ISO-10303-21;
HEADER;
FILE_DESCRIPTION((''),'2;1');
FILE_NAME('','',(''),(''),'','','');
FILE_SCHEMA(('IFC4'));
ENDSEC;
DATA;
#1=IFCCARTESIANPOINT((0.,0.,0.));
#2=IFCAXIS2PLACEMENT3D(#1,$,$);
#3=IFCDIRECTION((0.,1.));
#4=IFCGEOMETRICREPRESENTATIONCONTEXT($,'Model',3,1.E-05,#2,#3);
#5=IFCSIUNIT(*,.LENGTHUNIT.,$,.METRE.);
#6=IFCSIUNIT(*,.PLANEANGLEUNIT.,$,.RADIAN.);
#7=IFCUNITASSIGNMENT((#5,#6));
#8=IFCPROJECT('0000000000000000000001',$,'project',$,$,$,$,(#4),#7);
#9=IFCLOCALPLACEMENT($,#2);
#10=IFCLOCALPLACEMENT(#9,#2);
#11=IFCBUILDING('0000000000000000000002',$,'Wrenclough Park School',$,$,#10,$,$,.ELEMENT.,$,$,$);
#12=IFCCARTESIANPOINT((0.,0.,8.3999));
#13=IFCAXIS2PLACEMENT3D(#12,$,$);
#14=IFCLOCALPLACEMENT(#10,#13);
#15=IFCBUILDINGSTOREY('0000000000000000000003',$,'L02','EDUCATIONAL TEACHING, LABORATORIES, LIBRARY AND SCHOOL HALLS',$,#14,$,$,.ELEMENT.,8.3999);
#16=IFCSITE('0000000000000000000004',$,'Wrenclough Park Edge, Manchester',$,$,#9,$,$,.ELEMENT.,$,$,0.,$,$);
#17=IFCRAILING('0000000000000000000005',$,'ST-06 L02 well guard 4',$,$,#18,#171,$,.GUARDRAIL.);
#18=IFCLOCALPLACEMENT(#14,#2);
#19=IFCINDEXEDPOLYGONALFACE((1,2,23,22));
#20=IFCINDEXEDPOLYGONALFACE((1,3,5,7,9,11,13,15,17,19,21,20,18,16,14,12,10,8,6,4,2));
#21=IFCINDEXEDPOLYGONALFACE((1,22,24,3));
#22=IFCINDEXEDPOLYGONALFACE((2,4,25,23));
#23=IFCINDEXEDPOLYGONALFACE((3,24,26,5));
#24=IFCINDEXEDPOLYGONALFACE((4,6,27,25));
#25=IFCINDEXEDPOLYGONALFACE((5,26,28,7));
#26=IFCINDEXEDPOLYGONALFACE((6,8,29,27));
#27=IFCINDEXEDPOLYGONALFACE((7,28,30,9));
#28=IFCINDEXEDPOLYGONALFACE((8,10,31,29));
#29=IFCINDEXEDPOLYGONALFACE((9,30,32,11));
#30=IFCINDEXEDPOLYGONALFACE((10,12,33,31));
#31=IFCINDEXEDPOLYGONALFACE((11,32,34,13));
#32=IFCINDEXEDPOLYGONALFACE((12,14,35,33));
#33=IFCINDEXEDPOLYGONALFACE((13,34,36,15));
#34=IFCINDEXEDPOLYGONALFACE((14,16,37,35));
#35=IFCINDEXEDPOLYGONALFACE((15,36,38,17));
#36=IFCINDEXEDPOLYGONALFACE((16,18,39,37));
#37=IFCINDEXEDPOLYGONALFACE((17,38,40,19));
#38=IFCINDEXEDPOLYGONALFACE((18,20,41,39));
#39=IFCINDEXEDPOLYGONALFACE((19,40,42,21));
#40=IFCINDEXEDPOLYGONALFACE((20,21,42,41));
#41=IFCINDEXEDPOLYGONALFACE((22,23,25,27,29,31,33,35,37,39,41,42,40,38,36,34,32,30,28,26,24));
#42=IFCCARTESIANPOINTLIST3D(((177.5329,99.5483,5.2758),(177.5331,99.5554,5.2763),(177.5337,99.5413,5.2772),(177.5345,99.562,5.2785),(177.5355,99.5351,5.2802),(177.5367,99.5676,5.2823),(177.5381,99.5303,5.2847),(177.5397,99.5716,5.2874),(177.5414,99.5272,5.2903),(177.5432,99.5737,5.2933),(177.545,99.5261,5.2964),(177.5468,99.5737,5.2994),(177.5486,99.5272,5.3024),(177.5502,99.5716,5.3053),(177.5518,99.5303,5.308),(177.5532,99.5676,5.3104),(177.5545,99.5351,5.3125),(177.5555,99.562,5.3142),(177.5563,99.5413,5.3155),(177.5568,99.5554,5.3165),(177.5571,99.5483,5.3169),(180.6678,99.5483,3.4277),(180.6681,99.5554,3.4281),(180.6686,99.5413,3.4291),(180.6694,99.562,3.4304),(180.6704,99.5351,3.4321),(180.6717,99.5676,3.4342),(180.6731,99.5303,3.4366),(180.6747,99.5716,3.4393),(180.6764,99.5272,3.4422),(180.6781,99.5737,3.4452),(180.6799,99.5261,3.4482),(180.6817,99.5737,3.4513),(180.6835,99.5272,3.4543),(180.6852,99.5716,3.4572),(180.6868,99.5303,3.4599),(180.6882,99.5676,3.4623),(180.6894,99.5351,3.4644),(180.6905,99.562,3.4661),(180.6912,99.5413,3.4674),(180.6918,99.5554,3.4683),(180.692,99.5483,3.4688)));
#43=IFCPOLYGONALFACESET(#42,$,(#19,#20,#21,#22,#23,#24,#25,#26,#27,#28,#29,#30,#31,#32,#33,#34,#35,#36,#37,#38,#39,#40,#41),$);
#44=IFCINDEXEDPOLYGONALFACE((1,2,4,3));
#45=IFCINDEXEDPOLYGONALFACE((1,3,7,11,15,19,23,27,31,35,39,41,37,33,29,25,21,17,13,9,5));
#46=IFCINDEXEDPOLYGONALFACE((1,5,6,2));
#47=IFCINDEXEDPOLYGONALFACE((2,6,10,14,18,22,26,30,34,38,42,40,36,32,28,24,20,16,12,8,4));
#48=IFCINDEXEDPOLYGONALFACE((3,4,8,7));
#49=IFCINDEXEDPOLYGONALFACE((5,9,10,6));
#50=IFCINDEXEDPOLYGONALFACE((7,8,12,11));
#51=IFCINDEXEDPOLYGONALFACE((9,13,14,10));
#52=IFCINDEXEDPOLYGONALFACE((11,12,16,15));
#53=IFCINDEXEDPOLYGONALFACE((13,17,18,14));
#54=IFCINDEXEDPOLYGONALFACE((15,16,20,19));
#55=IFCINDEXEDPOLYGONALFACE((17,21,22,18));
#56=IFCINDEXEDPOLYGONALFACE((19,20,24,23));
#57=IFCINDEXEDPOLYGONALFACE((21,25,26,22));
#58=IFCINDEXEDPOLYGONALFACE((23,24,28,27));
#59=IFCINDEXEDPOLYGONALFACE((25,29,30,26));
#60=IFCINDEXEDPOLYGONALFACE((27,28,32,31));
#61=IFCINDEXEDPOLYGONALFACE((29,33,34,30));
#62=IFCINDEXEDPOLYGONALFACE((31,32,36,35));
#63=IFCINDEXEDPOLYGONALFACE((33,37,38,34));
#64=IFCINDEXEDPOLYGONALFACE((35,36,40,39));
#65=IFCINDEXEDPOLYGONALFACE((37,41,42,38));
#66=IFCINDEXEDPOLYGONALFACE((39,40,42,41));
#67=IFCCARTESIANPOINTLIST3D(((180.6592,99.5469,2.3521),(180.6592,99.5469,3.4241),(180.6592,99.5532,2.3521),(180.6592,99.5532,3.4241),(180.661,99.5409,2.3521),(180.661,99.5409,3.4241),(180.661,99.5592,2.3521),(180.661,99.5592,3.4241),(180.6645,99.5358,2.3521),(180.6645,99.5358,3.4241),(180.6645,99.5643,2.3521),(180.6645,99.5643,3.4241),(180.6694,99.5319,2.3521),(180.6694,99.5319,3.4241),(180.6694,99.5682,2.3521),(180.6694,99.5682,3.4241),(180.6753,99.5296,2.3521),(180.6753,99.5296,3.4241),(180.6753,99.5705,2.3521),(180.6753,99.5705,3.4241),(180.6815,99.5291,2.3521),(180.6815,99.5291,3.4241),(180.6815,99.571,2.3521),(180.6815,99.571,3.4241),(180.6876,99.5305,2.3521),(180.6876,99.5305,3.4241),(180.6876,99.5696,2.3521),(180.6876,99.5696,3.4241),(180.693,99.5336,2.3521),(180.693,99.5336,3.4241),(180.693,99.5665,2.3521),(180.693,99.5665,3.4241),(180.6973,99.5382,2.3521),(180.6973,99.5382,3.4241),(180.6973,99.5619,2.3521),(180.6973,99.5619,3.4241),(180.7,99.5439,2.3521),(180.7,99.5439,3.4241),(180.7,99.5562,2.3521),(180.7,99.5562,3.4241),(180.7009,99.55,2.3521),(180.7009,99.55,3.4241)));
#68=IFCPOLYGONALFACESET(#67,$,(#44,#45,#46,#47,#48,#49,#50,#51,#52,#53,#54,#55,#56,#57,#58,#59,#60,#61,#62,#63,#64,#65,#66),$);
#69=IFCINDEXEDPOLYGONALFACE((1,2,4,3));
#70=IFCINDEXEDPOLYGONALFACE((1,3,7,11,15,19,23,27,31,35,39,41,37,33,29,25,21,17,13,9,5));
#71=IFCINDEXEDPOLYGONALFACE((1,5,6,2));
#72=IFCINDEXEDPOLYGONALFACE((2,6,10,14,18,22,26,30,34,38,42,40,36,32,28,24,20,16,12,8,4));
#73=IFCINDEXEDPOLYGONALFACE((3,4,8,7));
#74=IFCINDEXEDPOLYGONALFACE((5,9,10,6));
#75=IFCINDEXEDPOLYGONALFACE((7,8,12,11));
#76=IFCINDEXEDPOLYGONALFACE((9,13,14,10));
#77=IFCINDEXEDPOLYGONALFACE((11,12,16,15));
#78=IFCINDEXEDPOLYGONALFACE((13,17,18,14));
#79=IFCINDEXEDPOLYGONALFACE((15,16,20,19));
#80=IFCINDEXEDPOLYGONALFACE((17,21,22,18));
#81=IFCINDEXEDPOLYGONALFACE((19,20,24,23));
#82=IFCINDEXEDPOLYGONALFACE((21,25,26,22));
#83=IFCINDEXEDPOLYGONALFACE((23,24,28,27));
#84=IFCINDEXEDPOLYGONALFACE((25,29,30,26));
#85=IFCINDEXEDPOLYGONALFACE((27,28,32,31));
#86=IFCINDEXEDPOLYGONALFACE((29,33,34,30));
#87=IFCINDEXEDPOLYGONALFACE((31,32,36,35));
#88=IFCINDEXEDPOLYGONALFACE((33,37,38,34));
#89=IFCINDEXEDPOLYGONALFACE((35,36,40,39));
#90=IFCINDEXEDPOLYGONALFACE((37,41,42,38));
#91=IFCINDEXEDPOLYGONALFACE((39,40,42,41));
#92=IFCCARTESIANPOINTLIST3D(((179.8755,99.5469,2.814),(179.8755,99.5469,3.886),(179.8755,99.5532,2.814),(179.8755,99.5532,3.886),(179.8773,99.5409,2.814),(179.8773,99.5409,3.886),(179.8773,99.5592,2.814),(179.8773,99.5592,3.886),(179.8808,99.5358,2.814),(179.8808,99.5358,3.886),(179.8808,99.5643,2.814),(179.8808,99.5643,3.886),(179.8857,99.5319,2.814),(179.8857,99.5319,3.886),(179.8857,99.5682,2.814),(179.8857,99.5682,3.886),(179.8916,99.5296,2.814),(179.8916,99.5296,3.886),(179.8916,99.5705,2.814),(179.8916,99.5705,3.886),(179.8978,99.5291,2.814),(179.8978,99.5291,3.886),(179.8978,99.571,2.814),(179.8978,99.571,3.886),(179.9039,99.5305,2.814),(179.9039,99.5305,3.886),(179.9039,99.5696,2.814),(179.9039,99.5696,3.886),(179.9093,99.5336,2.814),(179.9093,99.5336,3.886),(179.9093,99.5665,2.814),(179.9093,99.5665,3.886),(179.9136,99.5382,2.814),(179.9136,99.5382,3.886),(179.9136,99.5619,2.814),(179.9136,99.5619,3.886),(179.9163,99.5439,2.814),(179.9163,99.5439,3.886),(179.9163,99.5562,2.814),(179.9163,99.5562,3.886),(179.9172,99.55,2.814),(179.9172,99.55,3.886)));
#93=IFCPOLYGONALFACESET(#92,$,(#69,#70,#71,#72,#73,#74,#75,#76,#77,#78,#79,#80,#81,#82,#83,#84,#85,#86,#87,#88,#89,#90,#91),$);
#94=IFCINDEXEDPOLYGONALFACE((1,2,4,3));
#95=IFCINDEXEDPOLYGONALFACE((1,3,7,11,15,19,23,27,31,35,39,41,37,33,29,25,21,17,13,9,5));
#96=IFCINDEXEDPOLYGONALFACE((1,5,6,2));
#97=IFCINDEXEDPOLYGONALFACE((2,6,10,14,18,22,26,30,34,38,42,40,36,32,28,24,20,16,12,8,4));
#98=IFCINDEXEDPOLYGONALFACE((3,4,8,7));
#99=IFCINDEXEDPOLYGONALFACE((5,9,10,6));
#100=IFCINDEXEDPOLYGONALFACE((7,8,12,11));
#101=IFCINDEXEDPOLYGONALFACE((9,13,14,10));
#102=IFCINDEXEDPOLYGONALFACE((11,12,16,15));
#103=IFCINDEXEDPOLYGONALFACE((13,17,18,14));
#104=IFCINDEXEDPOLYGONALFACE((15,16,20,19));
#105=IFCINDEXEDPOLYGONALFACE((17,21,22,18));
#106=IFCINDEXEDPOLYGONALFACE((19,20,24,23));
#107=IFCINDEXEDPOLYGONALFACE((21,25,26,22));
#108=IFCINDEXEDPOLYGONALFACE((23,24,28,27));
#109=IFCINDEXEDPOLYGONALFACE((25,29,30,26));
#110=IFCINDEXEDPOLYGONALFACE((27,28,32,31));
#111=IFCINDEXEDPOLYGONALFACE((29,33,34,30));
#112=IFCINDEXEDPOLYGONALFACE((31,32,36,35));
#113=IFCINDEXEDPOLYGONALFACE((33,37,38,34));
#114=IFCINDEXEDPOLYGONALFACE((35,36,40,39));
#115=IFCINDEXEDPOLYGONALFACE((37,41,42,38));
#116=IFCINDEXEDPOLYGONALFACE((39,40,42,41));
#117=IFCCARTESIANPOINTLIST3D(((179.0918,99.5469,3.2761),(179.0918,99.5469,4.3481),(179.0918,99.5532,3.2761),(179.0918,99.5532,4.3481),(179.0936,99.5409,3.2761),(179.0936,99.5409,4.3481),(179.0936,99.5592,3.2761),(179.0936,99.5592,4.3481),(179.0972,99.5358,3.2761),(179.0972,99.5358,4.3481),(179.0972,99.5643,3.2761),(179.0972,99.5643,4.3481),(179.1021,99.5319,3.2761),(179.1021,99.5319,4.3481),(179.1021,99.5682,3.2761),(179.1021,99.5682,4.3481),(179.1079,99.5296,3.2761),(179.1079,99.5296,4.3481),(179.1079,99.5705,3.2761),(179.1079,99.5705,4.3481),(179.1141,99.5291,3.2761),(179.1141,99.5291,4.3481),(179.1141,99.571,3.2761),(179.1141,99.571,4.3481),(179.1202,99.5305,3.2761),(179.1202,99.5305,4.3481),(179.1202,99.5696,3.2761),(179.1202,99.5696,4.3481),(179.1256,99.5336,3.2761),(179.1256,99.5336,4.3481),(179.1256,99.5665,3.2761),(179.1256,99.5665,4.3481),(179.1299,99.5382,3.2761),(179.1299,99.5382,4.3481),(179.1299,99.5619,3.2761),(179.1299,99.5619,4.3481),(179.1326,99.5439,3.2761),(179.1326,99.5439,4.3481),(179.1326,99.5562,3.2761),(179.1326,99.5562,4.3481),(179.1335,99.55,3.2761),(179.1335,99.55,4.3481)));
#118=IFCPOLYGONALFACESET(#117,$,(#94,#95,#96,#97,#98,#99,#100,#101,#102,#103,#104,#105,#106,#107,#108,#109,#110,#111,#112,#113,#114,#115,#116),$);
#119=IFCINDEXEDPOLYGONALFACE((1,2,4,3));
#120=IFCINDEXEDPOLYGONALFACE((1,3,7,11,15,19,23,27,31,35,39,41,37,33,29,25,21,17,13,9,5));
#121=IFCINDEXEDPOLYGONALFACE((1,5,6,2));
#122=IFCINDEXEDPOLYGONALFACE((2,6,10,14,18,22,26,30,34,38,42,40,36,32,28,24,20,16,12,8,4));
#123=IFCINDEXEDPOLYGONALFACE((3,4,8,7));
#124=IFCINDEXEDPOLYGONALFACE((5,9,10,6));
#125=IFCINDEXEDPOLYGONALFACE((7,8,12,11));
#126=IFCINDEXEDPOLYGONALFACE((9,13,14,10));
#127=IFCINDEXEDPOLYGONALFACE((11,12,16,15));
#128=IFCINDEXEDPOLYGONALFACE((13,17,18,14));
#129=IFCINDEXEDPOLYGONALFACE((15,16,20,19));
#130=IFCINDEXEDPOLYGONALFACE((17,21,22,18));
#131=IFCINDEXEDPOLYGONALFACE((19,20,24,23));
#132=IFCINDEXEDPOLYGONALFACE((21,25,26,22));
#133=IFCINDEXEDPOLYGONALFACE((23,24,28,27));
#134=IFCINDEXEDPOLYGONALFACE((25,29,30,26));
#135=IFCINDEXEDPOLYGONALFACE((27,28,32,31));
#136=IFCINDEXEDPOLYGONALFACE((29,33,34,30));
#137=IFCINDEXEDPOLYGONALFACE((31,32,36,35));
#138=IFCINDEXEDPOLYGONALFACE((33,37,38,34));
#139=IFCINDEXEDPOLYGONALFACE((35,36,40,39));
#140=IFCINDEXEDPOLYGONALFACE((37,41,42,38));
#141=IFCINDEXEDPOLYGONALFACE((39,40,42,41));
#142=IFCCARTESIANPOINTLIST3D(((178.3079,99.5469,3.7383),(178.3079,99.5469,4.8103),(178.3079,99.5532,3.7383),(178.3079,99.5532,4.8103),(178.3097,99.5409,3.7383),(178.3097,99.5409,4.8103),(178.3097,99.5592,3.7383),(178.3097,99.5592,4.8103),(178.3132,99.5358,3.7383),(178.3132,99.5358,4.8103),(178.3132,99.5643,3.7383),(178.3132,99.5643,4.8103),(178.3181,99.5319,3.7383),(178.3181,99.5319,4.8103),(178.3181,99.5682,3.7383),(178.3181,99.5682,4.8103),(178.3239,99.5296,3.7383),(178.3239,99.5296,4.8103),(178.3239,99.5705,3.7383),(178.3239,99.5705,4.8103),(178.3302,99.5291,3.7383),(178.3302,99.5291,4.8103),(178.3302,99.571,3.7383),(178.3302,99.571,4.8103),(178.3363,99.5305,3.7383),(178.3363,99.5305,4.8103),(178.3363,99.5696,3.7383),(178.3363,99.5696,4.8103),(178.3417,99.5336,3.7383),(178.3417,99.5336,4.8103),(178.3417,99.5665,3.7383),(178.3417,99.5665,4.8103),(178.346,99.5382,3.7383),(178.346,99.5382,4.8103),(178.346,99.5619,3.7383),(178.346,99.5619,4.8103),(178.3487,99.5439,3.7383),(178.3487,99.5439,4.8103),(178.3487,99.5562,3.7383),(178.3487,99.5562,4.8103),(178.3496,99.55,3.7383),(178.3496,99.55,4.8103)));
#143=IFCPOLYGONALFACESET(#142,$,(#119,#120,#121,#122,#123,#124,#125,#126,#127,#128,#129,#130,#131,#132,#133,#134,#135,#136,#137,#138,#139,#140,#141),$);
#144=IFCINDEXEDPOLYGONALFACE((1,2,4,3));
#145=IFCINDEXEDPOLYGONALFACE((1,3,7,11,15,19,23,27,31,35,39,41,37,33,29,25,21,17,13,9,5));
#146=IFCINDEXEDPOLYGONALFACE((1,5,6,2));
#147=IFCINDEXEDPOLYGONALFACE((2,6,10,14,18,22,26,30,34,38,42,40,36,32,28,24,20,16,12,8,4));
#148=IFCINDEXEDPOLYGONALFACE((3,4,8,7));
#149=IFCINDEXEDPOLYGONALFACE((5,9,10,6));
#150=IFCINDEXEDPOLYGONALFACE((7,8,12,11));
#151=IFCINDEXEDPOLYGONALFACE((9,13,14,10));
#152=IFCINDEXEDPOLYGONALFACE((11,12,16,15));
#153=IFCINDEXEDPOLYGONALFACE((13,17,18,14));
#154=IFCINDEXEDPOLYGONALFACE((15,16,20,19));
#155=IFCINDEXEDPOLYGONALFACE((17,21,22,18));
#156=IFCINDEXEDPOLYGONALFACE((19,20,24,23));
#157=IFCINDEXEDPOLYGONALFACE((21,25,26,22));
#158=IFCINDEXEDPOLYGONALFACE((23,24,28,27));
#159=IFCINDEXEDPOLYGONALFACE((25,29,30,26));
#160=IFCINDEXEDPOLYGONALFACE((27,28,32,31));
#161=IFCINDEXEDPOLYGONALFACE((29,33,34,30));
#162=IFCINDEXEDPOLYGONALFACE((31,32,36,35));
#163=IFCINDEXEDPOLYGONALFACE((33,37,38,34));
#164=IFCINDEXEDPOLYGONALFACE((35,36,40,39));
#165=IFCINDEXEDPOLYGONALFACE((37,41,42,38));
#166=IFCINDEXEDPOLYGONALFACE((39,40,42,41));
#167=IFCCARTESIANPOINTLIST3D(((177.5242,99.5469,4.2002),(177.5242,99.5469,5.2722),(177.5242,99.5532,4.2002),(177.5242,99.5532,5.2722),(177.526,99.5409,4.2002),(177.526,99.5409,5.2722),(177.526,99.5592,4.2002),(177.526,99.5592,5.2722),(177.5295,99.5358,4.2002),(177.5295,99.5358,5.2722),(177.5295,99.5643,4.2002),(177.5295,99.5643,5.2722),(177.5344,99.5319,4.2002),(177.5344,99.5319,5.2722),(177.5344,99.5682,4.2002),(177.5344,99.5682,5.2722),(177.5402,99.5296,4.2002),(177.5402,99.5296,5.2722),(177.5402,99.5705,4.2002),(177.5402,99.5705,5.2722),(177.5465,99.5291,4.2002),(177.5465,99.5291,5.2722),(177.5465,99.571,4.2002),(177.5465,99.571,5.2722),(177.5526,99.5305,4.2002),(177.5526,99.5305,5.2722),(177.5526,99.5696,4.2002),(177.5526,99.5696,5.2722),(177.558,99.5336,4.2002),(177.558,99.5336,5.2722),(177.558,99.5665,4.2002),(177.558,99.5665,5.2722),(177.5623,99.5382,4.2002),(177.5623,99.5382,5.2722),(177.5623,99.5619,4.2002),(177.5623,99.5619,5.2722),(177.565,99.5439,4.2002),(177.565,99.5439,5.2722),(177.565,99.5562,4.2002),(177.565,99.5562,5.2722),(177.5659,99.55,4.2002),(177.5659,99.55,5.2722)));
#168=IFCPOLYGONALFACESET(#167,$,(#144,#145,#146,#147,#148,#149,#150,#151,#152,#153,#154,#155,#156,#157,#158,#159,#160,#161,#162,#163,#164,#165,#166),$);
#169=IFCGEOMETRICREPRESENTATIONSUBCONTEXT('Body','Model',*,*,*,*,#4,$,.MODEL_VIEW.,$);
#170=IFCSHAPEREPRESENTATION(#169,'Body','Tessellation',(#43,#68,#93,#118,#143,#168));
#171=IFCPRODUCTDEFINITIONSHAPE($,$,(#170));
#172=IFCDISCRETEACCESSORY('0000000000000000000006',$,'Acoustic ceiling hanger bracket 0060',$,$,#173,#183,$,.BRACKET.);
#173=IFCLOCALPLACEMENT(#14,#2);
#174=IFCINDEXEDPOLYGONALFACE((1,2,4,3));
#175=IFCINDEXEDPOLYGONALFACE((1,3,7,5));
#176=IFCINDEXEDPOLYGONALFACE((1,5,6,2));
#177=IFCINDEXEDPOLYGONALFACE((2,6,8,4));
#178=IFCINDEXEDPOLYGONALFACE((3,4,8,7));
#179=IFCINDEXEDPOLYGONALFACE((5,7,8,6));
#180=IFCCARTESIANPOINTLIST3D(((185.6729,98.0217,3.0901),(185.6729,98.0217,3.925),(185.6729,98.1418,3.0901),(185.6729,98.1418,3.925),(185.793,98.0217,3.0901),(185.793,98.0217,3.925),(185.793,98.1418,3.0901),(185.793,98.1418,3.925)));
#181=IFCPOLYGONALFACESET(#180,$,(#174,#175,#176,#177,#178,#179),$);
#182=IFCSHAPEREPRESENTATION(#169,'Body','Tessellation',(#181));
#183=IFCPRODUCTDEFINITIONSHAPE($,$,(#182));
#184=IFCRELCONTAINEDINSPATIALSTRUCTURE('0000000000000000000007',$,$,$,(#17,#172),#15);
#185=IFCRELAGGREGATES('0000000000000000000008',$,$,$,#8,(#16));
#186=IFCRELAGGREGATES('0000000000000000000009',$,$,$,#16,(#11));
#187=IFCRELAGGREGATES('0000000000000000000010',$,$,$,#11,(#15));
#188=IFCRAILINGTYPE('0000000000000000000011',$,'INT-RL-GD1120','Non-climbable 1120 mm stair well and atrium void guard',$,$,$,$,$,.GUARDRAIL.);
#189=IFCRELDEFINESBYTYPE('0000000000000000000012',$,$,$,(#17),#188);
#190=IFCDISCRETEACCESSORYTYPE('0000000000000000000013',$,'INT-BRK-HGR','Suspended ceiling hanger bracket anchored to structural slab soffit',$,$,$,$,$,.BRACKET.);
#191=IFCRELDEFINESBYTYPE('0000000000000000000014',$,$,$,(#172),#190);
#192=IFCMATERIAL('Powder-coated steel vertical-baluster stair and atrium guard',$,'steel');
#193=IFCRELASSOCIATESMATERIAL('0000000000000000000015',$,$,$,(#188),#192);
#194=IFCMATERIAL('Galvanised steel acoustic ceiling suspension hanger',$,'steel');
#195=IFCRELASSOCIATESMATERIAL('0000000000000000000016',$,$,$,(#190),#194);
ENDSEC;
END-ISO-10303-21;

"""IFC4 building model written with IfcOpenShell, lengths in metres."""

from ifc_helpers import new_model, si_unit, direction, frame, origin, origin_2d, place, context, subcontext, project, spatial, rectangle, circle, extrude, material, type_object, element, save


model = new_model("IFC4")

# Units and contexts
model_context = context("Model", 3, precision=1e-05, world=origin(), true_north=direction((0.0, 1.0)))
body_context = subcontext(model_context, "Body", "Model", "MODEL_VIEW")
ifc_project = project(units=[si_unit("LENGTHUNIT", "METRE"), si_unit("PLANEANGLEUNIT", "RADIAN")], contexts=[model_context])

# Site, building, storey
site_placement = place(None, origin())
site = spatial("IfcSite", under=ifc_project, at=site_placement, Name="Wrenclough Park Edge, Manchester", CompositionType="ELEMENT", RefElevation=0.0)
building_placement = place(site_placement, origin())
building = spatial("IfcBuilding", under=site, at=building_placement, Name="Wrenclough Park School", CompositionType="ELEMENT")
storey_placement = place(building_placement, frame((0.0, 0.0, 8.3999)))
storey = spatial("IfcBuildingStorey", under=building, at=storey_placement, Name="L02", Description="EDUCATIONAL TEACHING, LABORATORIES, LIBRARY AND SCHOOL HALLS", CompositionType="ELEMENT", Elevation=8.3999)

# Railing
ifc_material_1 = material(Name="Powder-coated steel vertical-baluster stair and atrium guard", Category="steel")
railing_type = type_object("IfcRailingType", Name="INT-RL-GD1120", Description="Non-climbable 1120 mm stair well and atrium void guard", PredefinedType="GUARDRAIL", material=ifc_material_1)
railing_1_placement = place(storey_placement, frame((180.6799, 99.55, 2.3521)))
element("IfcRailing", 1, at=railing_1_placement, inside=storey, type_object=railing_type, Name="ST-06 L02 well guard 4", PredefinedType="GUARDRAIL", context=body_context, shape_type="SweptSolid", body=[
    extrude(circle(Radius=0.0239, at=origin_2d()), frame((0.0, 0.0, 1.0962), z_axis=(-0.861451, 0.0, 0.507841), x_axis=(0.0, -1.0, 0.0)), (0.0, 0.0, 1.0), 3.6392),
    extrude(circle(Radius=0.021, at=origin_2d()), origin(), (0.0, 0.0, 1.0), 1.072),
    extrude(circle(Radius=0.021, at=origin_2d()), frame((-0.7837, 0.0, 0.4619)), (0.0, 0.0, 1.0), 1.072),
    extrude(circle(Radius=0.021, at=origin_2d()), frame((-1.5674, 0.0, 0.9241)), (0.0, 0.0, 1.0), 1.072),
    extrude(circle(Radius=0.021, at=origin_2d()), frame((-2.3513, 0.0, 1.3862)), (0.0, 0.0, 1.0), 1.072),
    extrude(circle(Radius=0.021, at=origin_2d()), frame((-3.135, 0.0, 1.8481)), (0.0, 0.0, 1.0), 1.072),
])

# Discrete accessory
ifc_material_2 = material(Name="Galvanised steel acoustic ceiling suspension hanger", Category="steel")
discrete_accessory_type = type_object("IfcDiscreteAccessoryType", Name="INT-BRK-HGR", Description="Suspended ceiling hanger bracket anchored to structural slab soffit", PredefinedType="BRACKET", material=ifc_material_2)
discrete_accessory_placement = place(storey_placement, frame((185.7329, 98.0818, 3.0901), z_axis=(0.0, 0.0, 1.0), x_axis=(1.0, 0.0, 0.0)))
element("IfcDiscreteAccessory", 2, at=discrete_accessory_placement, inside=storey, type_object=discrete_accessory_type, Name="Acoustic ceiling hanger bracket 0060", PredefinedType="BRACKET", context=body_context, shape_type="SweptSolid", body=[
    extrude(rectangle(XDim=0.1201, YDim=0.1201, at=origin_2d()), origin(), (0.0, 0.0, 1.0), 0.835),
])

save(model, "model.ifc")
